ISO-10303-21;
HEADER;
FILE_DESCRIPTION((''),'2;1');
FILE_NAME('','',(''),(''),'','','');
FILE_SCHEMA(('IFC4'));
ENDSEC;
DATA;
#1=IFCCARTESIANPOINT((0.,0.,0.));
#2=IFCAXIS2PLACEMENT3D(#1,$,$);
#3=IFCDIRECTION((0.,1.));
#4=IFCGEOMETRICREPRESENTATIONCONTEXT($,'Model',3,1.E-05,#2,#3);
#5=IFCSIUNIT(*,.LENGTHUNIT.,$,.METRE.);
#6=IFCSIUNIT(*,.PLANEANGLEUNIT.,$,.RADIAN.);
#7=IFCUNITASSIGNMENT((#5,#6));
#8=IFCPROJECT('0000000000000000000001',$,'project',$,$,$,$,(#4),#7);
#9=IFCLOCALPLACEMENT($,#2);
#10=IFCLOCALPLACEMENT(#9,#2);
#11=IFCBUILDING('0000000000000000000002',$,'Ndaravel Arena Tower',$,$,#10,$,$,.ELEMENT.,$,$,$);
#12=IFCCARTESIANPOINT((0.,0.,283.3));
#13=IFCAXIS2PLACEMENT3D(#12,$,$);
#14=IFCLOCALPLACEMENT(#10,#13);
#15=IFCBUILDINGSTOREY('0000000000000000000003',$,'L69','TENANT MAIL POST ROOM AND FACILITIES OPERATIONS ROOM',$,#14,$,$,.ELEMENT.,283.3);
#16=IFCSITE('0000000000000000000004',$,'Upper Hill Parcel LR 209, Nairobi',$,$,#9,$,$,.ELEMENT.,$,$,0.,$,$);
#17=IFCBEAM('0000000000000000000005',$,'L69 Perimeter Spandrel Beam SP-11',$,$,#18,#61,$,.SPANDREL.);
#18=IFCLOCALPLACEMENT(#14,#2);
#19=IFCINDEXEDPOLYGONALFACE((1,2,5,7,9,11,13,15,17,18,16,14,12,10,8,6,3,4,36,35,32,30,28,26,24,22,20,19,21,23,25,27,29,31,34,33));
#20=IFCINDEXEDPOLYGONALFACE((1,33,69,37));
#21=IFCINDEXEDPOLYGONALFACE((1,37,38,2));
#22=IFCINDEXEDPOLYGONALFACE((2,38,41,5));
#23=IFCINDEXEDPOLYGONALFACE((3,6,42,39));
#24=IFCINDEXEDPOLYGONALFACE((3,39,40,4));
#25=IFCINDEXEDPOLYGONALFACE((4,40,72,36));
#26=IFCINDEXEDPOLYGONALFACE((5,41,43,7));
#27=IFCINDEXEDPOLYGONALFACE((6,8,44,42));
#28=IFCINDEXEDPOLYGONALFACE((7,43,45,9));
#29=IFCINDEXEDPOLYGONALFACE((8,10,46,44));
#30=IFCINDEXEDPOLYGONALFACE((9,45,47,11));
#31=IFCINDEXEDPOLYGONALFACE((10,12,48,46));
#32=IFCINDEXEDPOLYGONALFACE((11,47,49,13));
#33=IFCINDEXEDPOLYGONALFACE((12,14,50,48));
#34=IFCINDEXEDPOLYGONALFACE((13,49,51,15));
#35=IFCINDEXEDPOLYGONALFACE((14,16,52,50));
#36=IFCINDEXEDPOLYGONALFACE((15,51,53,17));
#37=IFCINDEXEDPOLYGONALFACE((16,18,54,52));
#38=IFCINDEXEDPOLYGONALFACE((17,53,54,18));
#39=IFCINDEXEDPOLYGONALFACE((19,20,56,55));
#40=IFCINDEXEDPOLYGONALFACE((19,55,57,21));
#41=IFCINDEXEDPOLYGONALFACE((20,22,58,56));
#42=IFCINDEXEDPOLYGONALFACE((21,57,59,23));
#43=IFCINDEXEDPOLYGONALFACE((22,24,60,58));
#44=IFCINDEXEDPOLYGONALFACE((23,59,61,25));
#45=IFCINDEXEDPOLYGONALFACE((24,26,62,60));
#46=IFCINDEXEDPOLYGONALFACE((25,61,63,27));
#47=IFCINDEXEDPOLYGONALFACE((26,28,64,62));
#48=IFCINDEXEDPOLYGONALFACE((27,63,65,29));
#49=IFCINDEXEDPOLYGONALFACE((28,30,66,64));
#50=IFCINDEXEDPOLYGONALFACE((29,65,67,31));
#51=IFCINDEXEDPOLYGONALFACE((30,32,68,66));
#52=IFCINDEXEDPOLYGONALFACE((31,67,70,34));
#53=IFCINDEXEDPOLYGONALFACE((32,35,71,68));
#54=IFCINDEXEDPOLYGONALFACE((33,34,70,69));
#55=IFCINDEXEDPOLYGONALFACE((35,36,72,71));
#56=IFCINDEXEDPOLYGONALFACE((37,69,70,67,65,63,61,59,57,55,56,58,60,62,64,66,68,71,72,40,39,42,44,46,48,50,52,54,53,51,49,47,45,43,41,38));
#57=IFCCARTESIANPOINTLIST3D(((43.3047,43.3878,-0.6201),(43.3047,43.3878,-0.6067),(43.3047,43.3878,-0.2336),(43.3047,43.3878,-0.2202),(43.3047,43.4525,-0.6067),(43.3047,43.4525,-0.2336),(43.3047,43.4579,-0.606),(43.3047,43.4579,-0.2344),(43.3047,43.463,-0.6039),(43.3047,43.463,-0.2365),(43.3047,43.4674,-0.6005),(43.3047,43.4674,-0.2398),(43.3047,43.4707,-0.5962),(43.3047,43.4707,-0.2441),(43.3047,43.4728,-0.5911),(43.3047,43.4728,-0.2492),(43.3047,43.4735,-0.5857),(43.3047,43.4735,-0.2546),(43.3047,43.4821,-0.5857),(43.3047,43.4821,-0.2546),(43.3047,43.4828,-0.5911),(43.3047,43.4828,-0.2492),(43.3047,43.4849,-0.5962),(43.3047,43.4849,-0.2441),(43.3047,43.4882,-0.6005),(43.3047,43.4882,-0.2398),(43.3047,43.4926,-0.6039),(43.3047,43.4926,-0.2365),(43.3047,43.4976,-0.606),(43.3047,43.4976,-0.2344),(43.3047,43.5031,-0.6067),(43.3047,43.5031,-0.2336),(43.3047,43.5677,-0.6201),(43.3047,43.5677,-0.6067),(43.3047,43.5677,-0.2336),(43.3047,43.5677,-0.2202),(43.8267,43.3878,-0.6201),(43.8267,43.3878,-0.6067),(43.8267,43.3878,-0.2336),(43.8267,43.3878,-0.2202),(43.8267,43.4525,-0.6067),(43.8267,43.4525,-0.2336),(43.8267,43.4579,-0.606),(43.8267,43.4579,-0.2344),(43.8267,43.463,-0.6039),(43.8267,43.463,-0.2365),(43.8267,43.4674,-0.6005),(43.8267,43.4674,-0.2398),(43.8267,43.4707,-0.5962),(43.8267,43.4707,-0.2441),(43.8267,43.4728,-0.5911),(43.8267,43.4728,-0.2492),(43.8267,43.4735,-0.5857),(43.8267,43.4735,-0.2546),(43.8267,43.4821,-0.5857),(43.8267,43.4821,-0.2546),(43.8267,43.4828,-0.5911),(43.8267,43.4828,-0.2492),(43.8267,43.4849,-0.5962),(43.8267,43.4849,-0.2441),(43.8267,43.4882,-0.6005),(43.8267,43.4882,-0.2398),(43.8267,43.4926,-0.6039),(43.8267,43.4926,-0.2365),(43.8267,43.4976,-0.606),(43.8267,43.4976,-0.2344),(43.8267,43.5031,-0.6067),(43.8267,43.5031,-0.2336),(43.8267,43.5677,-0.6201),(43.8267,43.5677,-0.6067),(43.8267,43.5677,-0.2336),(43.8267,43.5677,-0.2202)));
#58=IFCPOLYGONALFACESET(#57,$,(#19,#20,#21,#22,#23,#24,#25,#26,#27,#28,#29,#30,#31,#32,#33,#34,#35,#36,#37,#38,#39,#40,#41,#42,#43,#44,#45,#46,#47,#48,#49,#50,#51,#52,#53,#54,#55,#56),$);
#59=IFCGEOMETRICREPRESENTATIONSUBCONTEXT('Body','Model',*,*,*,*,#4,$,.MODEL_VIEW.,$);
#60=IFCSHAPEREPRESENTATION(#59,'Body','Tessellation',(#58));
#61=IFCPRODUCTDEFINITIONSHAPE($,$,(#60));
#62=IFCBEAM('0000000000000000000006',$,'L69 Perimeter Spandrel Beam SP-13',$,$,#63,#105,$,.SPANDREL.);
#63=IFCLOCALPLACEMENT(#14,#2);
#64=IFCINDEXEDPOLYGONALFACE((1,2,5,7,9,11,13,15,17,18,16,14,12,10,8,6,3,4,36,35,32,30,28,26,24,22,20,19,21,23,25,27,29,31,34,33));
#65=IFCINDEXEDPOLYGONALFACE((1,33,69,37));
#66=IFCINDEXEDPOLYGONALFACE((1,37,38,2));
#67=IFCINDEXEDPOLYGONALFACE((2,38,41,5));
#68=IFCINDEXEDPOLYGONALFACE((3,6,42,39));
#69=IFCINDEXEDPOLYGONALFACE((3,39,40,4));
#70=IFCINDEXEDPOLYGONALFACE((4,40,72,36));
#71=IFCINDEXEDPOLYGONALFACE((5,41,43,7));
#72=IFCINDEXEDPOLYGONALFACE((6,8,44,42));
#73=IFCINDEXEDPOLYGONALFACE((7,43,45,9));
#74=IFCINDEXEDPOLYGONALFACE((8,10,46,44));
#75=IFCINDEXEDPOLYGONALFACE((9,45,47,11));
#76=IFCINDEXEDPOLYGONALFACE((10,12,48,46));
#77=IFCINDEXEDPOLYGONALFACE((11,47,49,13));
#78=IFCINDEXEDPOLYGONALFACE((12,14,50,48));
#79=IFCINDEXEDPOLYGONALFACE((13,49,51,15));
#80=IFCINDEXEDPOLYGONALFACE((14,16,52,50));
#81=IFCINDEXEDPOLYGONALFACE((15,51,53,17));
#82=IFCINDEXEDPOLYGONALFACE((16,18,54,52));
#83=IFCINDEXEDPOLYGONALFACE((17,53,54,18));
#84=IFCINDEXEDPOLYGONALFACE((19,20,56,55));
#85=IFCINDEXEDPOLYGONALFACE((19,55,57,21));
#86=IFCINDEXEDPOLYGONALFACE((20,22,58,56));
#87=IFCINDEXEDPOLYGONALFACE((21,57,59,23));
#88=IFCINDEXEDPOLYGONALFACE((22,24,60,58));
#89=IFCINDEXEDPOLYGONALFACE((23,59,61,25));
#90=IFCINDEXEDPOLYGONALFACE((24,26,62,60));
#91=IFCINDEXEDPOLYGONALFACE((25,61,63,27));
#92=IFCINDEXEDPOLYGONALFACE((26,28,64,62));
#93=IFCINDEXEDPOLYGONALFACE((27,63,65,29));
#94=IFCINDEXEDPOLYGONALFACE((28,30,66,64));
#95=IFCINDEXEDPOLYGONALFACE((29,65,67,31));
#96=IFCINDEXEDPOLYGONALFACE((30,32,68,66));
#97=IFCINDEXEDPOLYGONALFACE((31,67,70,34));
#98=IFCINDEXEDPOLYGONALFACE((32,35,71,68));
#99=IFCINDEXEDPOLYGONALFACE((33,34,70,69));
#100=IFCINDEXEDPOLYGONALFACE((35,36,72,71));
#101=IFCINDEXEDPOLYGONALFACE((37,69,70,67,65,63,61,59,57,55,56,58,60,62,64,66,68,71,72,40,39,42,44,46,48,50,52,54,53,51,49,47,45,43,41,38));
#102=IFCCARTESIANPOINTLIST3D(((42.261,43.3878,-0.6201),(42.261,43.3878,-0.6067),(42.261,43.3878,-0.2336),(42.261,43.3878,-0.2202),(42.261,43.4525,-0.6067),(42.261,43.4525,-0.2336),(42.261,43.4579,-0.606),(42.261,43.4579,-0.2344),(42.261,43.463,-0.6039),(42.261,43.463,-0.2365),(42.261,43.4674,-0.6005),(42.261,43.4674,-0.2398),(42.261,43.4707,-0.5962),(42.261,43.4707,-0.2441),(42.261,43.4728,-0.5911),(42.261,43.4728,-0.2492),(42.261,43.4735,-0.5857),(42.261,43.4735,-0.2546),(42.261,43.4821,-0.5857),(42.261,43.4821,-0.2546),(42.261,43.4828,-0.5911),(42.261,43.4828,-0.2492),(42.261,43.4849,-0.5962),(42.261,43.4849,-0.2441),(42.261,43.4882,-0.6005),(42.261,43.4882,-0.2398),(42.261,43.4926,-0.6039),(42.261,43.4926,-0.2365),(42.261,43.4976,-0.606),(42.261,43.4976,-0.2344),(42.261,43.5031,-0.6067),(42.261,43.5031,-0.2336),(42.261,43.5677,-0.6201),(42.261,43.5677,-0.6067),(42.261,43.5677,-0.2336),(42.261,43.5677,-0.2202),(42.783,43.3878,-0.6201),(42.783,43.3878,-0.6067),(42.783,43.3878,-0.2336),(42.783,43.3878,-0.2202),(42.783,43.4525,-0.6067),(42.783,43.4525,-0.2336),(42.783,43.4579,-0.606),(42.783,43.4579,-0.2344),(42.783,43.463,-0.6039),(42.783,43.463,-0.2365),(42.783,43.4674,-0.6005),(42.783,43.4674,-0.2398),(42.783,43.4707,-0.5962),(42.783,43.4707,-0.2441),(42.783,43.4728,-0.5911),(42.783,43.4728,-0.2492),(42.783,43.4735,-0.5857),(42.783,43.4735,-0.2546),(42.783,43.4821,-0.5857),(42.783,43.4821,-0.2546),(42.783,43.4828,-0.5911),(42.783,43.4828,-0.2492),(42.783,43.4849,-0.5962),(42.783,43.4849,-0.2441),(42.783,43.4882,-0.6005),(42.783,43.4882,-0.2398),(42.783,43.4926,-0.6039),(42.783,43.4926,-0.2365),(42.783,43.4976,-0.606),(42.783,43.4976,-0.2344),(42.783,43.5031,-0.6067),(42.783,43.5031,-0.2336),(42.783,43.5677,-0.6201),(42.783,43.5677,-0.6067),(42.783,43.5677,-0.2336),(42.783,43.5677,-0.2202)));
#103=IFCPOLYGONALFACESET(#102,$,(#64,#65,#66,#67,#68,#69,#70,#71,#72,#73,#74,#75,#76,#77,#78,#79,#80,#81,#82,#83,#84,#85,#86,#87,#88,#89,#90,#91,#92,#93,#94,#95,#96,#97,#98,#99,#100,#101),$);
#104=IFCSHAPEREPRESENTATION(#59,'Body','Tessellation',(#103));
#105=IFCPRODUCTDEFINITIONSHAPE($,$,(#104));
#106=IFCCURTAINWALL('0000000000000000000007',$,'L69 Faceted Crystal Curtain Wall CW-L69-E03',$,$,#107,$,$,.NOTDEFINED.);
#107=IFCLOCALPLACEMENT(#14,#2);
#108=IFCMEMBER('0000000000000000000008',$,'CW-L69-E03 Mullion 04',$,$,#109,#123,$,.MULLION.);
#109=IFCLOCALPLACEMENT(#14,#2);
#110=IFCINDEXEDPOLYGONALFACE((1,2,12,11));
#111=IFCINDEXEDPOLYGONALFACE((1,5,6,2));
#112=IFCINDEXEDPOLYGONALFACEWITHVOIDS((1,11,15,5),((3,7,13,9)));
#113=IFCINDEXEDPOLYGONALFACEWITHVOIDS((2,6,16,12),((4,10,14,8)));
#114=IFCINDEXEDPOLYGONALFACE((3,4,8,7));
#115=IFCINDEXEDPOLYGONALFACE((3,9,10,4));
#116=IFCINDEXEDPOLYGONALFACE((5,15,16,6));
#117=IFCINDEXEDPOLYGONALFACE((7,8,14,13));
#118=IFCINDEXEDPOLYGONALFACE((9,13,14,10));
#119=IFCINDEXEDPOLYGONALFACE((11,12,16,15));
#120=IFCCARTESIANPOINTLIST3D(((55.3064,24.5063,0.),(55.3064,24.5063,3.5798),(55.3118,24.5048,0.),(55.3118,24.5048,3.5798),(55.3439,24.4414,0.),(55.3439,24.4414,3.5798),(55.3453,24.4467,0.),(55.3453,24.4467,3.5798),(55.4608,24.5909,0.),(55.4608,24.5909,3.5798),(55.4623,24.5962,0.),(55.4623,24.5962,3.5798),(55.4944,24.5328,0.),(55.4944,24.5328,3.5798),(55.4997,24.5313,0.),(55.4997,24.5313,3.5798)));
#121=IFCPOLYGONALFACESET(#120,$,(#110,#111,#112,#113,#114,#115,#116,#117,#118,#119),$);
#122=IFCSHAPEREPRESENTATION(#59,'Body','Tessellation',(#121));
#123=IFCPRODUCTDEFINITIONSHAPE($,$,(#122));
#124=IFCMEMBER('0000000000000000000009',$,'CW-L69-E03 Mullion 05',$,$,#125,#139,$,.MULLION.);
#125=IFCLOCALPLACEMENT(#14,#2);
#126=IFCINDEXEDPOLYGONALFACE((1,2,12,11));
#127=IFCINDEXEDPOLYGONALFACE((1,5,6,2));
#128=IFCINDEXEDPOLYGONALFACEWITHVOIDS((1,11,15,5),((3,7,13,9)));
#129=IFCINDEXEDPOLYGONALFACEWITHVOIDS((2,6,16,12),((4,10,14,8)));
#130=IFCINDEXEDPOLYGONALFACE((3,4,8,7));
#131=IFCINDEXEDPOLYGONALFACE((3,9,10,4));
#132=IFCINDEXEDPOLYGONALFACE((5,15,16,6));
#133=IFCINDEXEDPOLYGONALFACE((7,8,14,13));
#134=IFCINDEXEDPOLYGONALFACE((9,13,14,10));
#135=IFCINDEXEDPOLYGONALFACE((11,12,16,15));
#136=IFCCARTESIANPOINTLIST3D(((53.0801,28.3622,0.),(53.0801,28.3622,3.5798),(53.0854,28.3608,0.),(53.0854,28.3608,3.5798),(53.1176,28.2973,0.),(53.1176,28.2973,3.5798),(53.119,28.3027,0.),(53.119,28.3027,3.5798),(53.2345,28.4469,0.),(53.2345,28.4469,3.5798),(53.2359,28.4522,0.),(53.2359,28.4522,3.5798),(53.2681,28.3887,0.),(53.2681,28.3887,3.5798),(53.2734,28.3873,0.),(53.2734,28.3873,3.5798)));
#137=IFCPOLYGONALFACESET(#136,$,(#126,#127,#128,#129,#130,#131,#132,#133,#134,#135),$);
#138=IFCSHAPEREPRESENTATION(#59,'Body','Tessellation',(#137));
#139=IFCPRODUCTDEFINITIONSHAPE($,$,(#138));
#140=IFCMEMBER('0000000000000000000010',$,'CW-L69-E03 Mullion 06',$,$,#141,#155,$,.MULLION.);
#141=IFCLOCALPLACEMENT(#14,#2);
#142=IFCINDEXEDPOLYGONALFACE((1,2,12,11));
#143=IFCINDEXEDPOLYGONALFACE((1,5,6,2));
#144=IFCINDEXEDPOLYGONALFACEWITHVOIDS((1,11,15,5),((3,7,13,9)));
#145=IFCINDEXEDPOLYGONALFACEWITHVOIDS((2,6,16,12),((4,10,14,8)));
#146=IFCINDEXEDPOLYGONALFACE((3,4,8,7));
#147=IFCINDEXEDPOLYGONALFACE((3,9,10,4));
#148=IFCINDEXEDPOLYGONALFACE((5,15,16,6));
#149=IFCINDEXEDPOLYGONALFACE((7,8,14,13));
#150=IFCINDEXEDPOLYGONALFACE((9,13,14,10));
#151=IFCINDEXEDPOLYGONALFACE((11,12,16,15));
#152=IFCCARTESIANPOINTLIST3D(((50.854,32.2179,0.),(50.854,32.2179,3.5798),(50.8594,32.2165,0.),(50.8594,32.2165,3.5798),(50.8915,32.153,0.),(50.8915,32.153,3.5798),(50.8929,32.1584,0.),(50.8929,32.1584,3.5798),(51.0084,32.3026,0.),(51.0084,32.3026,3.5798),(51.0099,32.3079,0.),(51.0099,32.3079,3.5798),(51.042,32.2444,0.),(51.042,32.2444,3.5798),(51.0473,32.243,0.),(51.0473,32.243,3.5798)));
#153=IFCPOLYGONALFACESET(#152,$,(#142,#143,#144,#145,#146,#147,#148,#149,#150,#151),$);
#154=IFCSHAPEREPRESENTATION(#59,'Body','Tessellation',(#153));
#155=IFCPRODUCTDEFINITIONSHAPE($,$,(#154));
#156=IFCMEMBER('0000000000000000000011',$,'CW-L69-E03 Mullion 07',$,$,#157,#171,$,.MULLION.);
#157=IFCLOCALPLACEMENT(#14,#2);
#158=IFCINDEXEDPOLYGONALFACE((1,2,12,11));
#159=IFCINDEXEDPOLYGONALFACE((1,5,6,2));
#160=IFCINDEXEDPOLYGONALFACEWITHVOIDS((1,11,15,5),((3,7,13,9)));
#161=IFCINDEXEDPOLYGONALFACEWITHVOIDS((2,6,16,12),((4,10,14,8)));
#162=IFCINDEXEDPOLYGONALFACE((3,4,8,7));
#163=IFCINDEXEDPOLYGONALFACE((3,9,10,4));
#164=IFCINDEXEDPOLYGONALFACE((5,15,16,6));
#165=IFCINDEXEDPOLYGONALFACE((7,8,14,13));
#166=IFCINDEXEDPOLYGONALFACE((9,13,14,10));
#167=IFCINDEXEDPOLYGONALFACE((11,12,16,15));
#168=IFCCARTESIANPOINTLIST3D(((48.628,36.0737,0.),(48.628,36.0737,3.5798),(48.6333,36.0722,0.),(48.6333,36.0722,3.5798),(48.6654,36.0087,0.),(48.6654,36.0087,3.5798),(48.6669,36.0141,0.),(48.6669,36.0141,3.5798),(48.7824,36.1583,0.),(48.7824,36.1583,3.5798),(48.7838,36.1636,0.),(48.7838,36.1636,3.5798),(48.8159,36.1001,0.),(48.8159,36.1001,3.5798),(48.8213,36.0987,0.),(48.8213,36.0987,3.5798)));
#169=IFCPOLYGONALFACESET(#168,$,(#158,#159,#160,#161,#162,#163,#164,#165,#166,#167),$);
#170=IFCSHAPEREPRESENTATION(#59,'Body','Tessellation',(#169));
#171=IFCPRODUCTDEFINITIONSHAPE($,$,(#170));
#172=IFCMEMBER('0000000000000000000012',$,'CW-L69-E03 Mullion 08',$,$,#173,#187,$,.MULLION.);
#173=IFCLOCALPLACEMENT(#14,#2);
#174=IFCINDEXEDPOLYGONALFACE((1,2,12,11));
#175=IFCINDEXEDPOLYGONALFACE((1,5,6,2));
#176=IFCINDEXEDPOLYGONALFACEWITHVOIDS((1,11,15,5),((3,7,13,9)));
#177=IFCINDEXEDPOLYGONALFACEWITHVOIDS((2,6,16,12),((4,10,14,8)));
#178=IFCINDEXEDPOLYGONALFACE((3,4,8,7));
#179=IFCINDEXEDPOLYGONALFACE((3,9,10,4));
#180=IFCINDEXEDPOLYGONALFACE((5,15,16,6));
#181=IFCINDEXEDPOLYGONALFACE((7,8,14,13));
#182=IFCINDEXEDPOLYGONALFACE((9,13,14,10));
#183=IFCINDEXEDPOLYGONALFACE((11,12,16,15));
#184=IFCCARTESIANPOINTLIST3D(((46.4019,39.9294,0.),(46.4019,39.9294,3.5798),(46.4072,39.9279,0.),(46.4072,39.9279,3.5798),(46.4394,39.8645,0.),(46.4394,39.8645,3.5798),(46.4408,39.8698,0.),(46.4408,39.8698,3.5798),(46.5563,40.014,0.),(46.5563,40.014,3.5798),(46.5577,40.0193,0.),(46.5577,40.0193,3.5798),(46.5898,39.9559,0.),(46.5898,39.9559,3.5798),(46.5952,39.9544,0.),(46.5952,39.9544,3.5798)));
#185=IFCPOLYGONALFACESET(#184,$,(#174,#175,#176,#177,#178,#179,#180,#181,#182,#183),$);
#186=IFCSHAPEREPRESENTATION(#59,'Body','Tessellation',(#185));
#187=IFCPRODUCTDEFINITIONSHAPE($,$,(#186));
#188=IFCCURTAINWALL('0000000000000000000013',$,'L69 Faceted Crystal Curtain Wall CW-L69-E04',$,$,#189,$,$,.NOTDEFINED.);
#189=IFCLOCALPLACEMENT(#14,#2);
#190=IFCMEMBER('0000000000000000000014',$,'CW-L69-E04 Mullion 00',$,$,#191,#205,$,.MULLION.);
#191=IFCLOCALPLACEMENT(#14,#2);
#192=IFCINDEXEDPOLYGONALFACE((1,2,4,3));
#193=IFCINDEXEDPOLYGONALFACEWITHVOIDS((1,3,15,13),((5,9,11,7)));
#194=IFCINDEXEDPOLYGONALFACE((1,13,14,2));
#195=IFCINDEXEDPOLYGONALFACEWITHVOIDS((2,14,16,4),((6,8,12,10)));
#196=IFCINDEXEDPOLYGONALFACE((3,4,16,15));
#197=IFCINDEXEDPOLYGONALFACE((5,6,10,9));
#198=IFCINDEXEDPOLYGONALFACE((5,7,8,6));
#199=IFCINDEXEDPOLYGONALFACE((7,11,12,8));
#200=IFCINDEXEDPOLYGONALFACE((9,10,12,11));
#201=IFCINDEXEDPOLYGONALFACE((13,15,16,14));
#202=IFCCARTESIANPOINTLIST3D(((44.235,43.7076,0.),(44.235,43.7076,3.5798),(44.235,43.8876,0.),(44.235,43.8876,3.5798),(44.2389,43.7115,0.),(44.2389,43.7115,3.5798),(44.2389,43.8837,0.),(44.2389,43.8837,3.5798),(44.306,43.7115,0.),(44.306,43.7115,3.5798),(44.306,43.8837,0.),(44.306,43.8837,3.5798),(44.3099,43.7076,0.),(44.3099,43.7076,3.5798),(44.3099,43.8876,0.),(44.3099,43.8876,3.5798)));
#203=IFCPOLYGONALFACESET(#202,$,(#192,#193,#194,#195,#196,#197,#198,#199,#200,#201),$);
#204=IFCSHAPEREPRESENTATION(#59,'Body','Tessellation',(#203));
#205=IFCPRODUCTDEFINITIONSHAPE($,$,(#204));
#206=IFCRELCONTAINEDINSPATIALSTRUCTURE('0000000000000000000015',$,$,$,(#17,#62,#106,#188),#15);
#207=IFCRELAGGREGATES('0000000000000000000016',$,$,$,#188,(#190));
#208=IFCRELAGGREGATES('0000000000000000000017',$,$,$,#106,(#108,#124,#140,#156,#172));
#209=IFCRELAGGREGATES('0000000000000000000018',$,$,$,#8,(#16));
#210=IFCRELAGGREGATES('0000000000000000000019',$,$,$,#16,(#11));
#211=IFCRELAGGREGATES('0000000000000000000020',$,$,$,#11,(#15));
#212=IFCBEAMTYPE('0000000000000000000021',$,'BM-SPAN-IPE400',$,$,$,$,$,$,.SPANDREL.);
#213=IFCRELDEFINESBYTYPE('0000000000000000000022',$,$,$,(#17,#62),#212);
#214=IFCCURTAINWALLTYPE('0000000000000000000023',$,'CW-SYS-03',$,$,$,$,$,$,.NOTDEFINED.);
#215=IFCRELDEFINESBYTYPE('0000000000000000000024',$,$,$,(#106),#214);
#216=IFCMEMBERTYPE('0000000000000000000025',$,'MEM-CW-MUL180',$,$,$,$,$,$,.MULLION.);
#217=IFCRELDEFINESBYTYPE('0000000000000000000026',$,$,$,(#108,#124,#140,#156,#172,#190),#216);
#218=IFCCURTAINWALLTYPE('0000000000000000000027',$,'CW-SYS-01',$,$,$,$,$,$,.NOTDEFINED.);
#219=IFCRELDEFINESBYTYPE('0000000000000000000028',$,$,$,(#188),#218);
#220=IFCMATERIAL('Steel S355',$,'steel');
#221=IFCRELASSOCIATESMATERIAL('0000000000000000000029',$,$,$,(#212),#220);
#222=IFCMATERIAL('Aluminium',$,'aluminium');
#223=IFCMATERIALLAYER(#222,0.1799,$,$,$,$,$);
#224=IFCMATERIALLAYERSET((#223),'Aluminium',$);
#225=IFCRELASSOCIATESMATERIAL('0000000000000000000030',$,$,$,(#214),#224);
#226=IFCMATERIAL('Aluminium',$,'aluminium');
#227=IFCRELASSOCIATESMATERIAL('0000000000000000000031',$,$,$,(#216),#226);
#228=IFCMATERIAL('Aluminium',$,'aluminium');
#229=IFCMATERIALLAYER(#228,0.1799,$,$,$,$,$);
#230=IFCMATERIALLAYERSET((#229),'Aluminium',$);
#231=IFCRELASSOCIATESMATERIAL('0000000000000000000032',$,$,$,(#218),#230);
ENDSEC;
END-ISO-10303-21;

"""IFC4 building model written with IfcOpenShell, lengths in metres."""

from ifc_helpers import new_model, si_unit, direction, frame, origin, origin_2d, place, context, subcontext, project, spatial, hollow_rectangle, i_section, extrude, material, layer, layer_set, material_profile, profile_set, type_object, element, aggregate, save


model = new_model("IFC4")

# Units and contexts
model_context = context("Model", 3, precision=1e-05, world=origin(), true_north=direction((0.0, 1.0)))
body_context = subcontext(model_context, "Body", "Model", "MODEL_VIEW")
ifc_project = project(units=[si_unit("LENGTHUNIT", "METRE"), si_unit("PLANEANGLEUNIT", "RADIAN")], contexts=[model_context])

# Site, building, storey
site_placement = place(None, origin())
site = spatial("IfcSite", under=ifc_project, at=site_placement, Name="Upper Hill Parcel LR 209, Nairobi", CompositionType="ELEMENT", RefElevation=0.0)
building_placement = place(site_placement, origin())
building = spatial("IfcBuilding", under=site, at=building_placement, Name="Ndaravel Arena Tower", CompositionType="ELEMENT")
storey_placement = place(building_placement, frame((0.0, 0.0, 283.3)))
storey = spatial("IfcBuildingStorey", under=building, at=storey_placement, Name="L69", Description="TENANT MAIL POST ROOM AND FACILITIES OPERATIONS ROOM", CompositionType="ELEMENT", Elevation=283.3)

# Beams
ifc_material_1 = material(Name="Steel S355", Category="steel")
ifc_material_profile_1 = material_profile(ifc_material_1, i_section(OverallWidth=0.1799, OverallDepth=0.3999, WebThickness=0.0085, FlangeThickness=0.0134, FilletRadius=0.021, at=origin_2d()), Name="IPE 400")
ifc_profile_set_1 = profile_set([ifc_material_profile_1], Name="Steel S355")
beam_type_1 = type_object("IfcBeamType", Name="BM-SPAN-IPE400", PredefinedType="SPANDREL", material=ifc_profile_set_1)
for number, where, z_axis, x_axis, name in (
    (1, (43.8267, 43.4778, -0.4202), (-1.0, 0.0, 0.0), (0.0, -1.0, 0.0), "L69 Perimeter Spandrel Beam SP-11"),
    (2, (42.783, 43.4778, -0.4202), (-1.0, 0.0, 0.0), (0.0, -1.0, 0.0), "L69 Perimeter Spandrel Beam SP-13"),
):
    element("IfcBeam", number, at=place(storey_placement, frame(where, z_axis=z_axis, x_axis=x_axis)), inside=storey, type_object=beam_type_1, Name=name, PredefinedType="SPANDREL", context=body_context, shape_type="SweptSolid", body=[
        extrude(i_section(OverallWidth=0.1799, OverallDepth=0.3999, WebThickness=0.0085, FlangeThickness=0.0134, FilletRadius=0.021, at=origin_2d()), origin(), (0.0, 0.0, 1.0), 0.522),
    ])

# Curtain walls, members
ifc_material_2 = material(Name="Aluminium", Category="aluminium")
ifc_layer_1 = layer(ifc_material_2, 0.1799)
ifc_layer_set_1 = layer_set([ifc_layer_1], Name="Aluminium")
curtain_wall_type_1 = type_object("IfcCurtainWallType", Name="CW-SYS-03", PredefinedType="NOTDEFINED", material=ifc_layer_set_1)
curtain_wall_1_placement = place(storey_placement, origin())
curtain_wall_1 = element("IfcCurtainWall", 3, at=curtain_wall_1_placement, inside=storey, type_object=curtain_wall_type_1, Name="L69 Faceted Crystal Curtain Wall CW-L69-E03", PredefinedType="NOTDEFINED")
ifc_material_3 = material(Name="Aluminium", Category="aluminium")
ifc_material_profile_2 = material_profile(ifc_material_3, hollow_rectangle(XDim=0.075, YDim=0.1799, WallThickness=0.0039, at=origin_2d()), Name="CW MULLION 75x180x4")
ifc_profile_set_2 = profile_set([ifc_material_profile_2], Name="Aluminium")
member_type_1 = type_object("IfcMemberType", Name="MEM-CW-MUL180", PredefinedType="MULLION", material=ifc_profile_set_2)
member_1_placement = place(storey_placement, frame((55.4031, 24.5188, 0.0), z_axis=(0.0, 0.0, 1.0), x_axis=(-0.5, 0.866025, 0.0)))
member_1 = element("IfcMember", 4, at=member_1_placement, type_object=member_type_1, Name="CW-L69-E03 Mullion 04", PredefinedType="MULLION", context=body_context, shape_type="SweptSolid", body=[
    extrude(hollow_rectangle(XDim=0.075, YDim=0.1799, WallThickness=0.0039, at=origin_2d()), origin(), (0.0, 0.0, 1.0), 3.5798),
])
member_2_placement = place(storey_placement, frame((53.1768, 28.3748, 0.0), z_axis=(0.0, 0.0, 1.0), x_axis=(-0.5, 0.866025, 0.0)))
member_2 = element("IfcMember", 5, at=member_2_placement, type_object=member_type_1, Name="CW-L69-E03 Mullion 05", PredefinedType="MULLION", context=body_context, shape_type="SweptSolid", body=[
    extrude(hollow_rectangle(XDim=0.075, YDim=0.1799, WallThickness=0.0039, at=origin_2d()), origin(), (0.0, 0.0, 1.0), 3.5798),
])
member_3_placement = place(storey_placement, frame((50.9507, 32.2305, 0.0), z_axis=(0.0, 0.0, 1.0), x_axis=(-0.5, 0.866025, 0.0)))
member_3 = element("IfcMember", 6, at=member_3_placement, type_object=member_type_1, Name="CW-L69-E03 Mullion 06", PredefinedType="MULLION", context=body_context, shape_type="SweptSolid", body=[
    extrude(hollow_rectangle(XDim=0.075, YDim=0.1799, WallThickness=0.0039, at=origin_2d()), origin(), (0.0, 0.0, 1.0), 3.5798),
])
member_4_placement = place(storey_placement, frame((48.7246, 36.0862, 0.0), z_axis=(0.0, 0.0, 1.0), x_axis=(-0.5, 0.866025, 0.0)))
member_4 = element("IfcMember", 7, at=member_4_placement, type_object=member_type_1, Name="CW-L69-E03 Mullion 07", PredefinedType="MULLION", context=body_context, shape_type="SweptSolid", body=[
    extrude(hollow_rectangle(XDim=0.075, YDim=0.1799, WallThickness=0.0039, at=origin_2d()), origin(), (0.0, 0.0, 1.0), 3.5798),
])
member_5_placement = place(storey_placement, frame((46.4985, 39.9419, 0.0), z_axis=(0.0, 0.0, 1.0), x_axis=(-0.5, 0.866025, 0.0)))
member_5 = element("IfcMember", 8, at=member_5_placement, type_object=member_type_1, Name="CW-L69-E03 Mullion 08", PredefinedType="MULLION", context=body_context, shape_type="SweptSolid", body=[
    extrude(hollow_rectangle(XDim=0.075, YDim=0.1799, WallThickness=0.0039, at=origin_2d()), origin(), (0.0, 0.0, 1.0), 3.5798),
])
ifc_material_4 = material(Name="Aluminium", Category="aluminium")
ifc_layer_2 = layer(ifc_material_4, 0.1799)
ifc_layer_set_2 = layer_set([ifc_layer_2], Name="Aluminium")
curtain_wall_type_2 = type_object("IfcCurtainWallType", Name="CW-SYS-01", PredefinedType="NOTDEFINED", material=ifc_layer_set_2)
curtain_wall_2_placement = place(storey_placement, origin())
curtain_wall_2 = element("IfcCurtainWall", 9, at=curtain_wall_2_placement, inside=storey, type_object=curtain_wall_type_2, Name="L69 Faceted Crystal Curtain Wall CW-L69-E04", PredefinedType="NOTDEFINED")
member_6_placement = place(storey_placement, frame((44.2725, 43.7976, 0.0), z_axis=(0.0, 0.0, 1.0), x_axis=(-1.0, 0.0, 0.0)))
member_6 = element("IfcMember", 10, at=member_6_placement, type_object=member_type_1, Name="CW-L69-E04 Mullion 00", PredefinedType="MULLION", context=body_context, shape_type="SweptSolid", body=[
    extrude(hollow_rectangle(XDim=0.075, YDim=0.1799, WallThickness=0.0039, at=origin_2d()), origin(), (0.0, 0.0, 1.0), 3.5798),
])
aggregate(curtain_wall_2, [member_6])

aggregate(curtain_wall_1, [member_1, member_2, member_3, member_4, member_5])

save(model, "model.ifc")
